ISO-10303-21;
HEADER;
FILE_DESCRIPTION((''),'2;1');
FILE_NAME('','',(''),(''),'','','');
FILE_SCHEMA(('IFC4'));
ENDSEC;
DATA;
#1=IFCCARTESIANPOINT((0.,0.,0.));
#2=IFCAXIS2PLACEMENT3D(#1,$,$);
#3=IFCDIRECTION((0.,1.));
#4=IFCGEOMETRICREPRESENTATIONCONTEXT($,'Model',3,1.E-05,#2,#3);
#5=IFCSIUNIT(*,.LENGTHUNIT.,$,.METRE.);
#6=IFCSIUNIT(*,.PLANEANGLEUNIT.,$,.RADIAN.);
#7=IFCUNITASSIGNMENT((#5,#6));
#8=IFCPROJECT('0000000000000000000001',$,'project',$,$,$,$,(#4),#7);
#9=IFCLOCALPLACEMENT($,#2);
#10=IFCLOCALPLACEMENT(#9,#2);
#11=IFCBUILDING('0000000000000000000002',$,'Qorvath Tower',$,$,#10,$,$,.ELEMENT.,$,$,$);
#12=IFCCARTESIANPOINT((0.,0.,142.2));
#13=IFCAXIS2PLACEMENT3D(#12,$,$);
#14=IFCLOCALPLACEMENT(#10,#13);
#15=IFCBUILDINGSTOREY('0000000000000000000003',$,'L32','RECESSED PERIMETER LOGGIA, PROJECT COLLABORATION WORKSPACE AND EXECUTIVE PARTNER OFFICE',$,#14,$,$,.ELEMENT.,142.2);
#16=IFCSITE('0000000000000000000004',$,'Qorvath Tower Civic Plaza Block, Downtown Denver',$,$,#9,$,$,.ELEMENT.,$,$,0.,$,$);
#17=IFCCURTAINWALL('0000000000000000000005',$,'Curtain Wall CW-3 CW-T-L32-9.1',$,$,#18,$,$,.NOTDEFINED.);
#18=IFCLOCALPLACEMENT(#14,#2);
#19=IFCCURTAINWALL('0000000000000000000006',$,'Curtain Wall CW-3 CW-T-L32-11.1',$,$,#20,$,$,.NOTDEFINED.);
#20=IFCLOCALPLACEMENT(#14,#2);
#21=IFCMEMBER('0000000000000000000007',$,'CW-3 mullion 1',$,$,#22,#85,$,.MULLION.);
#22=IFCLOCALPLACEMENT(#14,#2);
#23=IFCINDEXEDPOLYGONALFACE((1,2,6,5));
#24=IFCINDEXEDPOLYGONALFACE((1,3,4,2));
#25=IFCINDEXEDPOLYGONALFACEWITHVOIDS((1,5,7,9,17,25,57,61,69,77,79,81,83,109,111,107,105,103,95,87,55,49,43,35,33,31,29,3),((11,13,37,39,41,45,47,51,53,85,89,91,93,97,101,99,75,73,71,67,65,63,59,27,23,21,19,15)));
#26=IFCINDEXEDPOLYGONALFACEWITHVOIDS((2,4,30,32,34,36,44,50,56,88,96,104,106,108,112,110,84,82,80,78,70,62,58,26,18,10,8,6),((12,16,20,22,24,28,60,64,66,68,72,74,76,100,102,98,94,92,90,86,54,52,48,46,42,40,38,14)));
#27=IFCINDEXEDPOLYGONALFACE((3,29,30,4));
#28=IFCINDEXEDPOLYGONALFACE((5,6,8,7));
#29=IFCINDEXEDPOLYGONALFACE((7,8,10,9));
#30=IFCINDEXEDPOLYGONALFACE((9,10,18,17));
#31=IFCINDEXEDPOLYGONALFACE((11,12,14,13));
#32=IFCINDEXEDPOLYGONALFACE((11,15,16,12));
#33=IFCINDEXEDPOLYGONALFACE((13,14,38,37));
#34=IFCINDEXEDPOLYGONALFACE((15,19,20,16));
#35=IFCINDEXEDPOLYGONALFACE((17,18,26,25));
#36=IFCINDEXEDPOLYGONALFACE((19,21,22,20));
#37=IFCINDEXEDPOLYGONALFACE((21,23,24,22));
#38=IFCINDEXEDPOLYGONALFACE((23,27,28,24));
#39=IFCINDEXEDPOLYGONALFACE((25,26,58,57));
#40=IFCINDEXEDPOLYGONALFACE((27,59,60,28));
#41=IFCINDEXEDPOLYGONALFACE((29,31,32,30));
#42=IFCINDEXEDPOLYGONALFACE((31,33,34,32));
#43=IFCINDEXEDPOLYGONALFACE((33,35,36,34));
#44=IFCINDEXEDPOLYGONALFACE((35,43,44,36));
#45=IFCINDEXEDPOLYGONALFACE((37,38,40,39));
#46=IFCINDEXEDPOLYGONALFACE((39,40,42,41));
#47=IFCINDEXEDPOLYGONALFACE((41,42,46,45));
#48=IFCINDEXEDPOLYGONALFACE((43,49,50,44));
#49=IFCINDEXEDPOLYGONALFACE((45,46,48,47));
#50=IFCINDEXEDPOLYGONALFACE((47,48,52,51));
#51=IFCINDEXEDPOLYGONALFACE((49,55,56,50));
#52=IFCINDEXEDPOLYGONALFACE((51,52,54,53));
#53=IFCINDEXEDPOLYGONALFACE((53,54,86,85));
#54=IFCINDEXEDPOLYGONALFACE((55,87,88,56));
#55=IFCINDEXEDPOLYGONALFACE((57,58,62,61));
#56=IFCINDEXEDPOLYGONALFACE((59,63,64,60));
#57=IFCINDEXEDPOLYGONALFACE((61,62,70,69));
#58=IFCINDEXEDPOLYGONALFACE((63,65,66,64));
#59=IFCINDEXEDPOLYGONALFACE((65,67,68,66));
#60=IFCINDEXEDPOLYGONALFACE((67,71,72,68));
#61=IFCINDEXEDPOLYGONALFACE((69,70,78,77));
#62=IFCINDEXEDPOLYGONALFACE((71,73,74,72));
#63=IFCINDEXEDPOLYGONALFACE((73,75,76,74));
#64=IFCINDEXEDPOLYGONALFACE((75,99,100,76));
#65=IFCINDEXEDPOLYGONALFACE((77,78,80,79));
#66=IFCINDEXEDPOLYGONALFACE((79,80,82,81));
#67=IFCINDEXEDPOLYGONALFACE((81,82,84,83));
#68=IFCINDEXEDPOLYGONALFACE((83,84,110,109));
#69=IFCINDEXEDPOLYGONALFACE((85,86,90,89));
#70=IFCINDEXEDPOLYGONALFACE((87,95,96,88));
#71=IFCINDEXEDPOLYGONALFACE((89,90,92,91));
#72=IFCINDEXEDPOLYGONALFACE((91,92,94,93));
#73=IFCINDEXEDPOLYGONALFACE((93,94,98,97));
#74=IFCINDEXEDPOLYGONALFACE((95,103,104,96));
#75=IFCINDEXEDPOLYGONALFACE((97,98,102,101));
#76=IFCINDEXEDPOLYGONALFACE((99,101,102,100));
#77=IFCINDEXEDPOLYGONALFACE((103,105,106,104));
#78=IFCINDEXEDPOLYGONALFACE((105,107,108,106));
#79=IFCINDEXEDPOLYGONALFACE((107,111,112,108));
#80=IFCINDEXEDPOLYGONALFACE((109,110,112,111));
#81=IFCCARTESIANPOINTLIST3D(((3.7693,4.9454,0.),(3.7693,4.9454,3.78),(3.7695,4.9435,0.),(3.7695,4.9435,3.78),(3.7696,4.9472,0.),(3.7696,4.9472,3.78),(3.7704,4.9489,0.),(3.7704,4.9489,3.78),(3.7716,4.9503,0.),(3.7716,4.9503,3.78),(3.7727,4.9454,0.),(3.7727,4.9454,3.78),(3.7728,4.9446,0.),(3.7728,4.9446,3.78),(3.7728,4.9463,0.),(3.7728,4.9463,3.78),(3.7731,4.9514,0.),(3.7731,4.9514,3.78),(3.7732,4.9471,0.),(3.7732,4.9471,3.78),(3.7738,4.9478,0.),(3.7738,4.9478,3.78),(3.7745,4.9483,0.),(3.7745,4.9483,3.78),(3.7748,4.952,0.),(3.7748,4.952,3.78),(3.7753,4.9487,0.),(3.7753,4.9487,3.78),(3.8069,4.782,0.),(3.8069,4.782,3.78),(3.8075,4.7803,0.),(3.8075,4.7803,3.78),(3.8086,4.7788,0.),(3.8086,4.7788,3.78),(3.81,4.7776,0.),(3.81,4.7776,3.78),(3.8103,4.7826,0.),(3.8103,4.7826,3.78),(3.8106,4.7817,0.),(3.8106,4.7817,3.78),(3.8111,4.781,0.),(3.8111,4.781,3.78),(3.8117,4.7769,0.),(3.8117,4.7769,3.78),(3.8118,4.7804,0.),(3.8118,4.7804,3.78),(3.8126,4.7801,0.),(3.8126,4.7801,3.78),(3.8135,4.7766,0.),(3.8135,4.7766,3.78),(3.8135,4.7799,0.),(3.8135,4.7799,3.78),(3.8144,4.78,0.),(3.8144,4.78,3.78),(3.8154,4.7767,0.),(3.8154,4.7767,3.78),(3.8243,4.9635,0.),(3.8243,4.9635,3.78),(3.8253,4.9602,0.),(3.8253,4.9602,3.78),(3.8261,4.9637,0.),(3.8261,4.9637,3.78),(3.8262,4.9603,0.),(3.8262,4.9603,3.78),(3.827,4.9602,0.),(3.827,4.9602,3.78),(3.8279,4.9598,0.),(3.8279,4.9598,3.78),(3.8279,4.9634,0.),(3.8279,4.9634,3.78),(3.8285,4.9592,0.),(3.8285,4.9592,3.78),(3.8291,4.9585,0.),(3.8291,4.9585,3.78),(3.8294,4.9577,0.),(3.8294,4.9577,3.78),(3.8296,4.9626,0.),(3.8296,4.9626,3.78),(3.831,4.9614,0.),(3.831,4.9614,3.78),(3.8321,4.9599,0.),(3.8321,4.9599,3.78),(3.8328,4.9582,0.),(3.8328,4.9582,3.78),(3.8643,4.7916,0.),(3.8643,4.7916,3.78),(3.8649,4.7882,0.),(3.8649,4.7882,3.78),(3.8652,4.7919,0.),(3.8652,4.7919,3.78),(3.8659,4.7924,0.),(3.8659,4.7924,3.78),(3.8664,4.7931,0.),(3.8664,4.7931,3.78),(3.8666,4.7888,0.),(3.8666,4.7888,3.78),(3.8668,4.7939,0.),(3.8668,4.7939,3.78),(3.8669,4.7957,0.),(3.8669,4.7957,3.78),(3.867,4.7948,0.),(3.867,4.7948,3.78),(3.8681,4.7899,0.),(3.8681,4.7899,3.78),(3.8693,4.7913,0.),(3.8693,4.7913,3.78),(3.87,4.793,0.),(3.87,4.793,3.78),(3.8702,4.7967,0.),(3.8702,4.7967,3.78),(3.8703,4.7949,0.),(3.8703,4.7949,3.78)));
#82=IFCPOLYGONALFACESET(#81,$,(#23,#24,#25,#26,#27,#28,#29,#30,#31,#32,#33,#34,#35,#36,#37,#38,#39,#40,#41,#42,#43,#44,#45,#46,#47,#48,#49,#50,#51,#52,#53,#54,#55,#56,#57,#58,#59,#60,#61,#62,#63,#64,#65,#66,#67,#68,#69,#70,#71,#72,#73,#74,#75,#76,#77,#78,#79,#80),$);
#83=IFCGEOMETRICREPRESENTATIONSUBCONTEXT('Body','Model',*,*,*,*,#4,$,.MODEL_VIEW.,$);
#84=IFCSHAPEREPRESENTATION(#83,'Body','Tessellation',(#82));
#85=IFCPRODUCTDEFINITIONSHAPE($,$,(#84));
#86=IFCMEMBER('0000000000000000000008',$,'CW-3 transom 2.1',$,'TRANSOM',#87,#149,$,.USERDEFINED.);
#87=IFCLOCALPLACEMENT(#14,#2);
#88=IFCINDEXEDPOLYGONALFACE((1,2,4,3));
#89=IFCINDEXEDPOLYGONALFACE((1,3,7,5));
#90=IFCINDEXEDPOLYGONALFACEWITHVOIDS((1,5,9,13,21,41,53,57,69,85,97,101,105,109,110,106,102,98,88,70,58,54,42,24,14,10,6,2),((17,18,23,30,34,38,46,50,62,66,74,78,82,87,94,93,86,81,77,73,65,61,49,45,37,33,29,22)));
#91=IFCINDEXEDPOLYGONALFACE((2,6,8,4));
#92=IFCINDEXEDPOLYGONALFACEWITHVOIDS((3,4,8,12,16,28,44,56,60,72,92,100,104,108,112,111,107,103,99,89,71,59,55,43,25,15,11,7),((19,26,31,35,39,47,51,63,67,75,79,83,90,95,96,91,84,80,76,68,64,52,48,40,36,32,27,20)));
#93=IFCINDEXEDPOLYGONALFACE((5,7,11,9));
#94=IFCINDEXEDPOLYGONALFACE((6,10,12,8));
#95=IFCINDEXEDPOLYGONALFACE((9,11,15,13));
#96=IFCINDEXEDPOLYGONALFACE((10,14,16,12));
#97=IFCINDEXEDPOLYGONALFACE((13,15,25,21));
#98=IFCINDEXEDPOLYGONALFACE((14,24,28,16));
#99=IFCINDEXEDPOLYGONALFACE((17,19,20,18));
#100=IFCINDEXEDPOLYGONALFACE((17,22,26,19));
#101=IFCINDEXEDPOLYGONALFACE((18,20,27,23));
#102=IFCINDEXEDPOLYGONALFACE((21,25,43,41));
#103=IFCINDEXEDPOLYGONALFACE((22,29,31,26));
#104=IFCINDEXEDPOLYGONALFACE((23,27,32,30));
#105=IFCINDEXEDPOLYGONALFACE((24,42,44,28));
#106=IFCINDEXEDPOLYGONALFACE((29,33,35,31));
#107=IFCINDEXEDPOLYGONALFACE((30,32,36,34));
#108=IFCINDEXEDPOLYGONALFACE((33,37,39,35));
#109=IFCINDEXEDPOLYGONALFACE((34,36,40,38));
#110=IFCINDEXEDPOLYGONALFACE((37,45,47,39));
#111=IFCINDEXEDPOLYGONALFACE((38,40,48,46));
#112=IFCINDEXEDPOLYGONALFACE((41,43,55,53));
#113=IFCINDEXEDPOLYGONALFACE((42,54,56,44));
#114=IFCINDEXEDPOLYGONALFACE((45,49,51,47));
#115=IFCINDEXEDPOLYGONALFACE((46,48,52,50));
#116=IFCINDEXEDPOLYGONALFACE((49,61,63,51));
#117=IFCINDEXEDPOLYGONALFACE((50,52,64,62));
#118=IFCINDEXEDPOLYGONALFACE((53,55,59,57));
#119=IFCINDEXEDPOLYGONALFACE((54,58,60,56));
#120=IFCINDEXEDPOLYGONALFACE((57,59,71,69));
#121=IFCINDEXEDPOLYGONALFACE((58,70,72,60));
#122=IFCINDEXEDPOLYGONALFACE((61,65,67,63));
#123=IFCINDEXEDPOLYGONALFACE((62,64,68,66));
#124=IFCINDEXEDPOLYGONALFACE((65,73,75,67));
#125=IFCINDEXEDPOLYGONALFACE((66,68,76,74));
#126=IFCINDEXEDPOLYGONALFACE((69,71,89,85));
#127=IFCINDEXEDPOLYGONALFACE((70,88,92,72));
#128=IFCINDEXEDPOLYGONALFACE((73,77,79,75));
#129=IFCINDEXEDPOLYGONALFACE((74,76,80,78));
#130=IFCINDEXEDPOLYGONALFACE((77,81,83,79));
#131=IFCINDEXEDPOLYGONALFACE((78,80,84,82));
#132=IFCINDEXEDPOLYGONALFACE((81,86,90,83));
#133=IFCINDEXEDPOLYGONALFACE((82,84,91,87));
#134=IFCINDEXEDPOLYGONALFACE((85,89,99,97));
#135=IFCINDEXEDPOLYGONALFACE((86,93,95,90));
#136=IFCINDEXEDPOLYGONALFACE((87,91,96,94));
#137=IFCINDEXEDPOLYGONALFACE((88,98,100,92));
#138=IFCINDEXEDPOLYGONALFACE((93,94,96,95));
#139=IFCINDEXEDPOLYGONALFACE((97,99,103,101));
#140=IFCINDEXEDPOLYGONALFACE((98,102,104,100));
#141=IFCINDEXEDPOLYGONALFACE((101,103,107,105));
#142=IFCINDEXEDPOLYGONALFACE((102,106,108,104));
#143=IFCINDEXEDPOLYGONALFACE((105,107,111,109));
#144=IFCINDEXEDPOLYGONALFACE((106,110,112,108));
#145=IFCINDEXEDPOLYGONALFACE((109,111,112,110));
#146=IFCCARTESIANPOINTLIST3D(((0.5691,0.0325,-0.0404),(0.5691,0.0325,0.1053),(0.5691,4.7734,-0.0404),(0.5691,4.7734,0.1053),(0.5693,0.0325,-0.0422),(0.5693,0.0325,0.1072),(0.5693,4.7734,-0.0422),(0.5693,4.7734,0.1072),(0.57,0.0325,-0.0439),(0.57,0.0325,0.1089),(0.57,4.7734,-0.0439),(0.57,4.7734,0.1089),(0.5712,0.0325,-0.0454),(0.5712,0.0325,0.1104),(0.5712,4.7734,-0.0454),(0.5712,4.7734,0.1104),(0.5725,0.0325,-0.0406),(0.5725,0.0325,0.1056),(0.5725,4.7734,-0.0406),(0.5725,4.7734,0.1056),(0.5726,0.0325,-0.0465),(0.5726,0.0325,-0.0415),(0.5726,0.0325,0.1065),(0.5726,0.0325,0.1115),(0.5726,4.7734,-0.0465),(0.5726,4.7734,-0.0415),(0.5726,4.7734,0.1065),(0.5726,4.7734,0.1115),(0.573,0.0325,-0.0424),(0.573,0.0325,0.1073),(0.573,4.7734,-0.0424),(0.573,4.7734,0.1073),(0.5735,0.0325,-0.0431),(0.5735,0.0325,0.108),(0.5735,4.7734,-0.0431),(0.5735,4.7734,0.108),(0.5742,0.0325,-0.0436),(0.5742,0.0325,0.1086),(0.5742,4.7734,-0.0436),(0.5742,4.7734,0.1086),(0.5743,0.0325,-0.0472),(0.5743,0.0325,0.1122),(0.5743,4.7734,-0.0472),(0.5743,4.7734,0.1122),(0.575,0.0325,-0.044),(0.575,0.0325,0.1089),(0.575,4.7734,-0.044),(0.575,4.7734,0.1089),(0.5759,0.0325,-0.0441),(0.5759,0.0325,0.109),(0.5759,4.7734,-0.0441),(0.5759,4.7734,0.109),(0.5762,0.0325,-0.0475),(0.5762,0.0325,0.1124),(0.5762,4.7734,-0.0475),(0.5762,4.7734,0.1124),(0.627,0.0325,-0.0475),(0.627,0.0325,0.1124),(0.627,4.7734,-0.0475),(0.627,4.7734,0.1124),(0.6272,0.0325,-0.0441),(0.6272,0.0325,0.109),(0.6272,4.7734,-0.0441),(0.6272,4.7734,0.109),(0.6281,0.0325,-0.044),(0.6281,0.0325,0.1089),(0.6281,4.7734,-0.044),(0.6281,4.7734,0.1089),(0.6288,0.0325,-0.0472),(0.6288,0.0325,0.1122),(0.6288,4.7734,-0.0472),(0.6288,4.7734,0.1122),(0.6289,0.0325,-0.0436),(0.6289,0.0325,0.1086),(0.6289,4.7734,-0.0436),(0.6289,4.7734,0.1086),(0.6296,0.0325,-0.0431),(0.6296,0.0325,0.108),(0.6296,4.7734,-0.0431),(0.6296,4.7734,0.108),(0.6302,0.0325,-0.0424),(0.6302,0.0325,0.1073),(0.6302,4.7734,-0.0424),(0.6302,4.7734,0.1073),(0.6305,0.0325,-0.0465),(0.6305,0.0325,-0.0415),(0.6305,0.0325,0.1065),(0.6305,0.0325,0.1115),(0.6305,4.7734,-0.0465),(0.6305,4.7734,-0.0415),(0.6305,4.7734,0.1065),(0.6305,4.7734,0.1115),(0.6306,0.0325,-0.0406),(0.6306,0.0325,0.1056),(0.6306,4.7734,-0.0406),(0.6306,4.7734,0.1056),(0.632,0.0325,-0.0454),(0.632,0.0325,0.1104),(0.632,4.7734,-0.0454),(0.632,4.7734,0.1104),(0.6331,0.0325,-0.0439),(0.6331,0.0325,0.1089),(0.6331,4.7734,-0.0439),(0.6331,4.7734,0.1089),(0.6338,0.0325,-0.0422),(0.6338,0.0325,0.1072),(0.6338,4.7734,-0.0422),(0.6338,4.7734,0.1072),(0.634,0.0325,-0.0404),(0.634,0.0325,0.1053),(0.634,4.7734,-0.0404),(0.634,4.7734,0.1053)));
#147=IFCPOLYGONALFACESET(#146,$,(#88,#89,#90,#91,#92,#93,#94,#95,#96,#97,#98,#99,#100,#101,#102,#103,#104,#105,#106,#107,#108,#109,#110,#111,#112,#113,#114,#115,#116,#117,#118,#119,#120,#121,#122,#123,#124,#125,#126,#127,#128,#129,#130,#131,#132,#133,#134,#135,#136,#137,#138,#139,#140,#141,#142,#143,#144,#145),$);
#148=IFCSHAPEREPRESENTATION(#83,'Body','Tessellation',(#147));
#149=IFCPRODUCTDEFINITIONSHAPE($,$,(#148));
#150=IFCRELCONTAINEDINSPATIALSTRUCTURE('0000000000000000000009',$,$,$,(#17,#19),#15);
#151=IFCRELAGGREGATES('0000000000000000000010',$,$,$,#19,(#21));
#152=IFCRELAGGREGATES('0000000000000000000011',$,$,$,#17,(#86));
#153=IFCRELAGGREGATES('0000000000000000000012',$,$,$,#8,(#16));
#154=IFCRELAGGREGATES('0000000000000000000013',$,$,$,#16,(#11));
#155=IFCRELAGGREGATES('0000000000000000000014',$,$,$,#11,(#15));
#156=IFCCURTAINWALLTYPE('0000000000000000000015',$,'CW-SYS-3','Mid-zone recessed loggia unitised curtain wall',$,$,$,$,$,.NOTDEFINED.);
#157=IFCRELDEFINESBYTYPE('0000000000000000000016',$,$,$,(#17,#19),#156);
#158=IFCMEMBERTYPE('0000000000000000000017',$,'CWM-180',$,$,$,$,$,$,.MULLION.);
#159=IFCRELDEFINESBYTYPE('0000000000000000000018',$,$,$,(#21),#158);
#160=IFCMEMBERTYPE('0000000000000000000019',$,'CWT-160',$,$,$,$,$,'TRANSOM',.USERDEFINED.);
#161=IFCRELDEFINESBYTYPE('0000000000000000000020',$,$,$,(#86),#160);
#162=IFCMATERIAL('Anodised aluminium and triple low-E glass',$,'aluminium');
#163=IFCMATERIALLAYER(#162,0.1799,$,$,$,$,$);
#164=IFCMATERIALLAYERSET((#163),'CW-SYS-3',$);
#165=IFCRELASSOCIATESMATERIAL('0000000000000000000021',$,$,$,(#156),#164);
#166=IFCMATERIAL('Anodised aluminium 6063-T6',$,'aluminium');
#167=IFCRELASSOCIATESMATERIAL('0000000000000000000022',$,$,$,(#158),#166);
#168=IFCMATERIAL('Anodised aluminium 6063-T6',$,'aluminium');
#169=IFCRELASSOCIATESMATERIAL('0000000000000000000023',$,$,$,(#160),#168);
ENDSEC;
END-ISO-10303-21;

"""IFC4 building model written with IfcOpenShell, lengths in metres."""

from ifc_helpers import new_model, si_unit, direction, frame, origin, origin_2d, place, context, subcontext, project, spatial, hollow_rectangle, extrude, material, layer, layer_set, material_profile, profile_set, type_object, element, aggregate, save


model = new_model("IFC4")

# Units and contexts
model_context = context("Model", 3, precision=1e-05, world=origin(), true_north=direction((0.0, 1.0)))
body_context = subcontext(model_context, "Body", "Model", "MODEL_VIEW")
ifc_project = project(units=[si_unit("LENGTHUNIT", "METRE"), si_unit("PLANEANGLEUNIT", "RADIAN")], contexts=[model_context])

# Site, building, storey
site_placement = place(None, origin())
site = spatial("IfcSite", under=ifc_project, at=site_placement, Name="Qorvath Tower Civic Plaza Block, Downtown Denver", CompositionType="ELEMENT", RefElevation=0.0)
building_placement = place(site_placement, origin())
building = spatial("IfcBuilding", under=site, at=building_placement, Name="Qorvath Tower", CompositionType="ELEMENT")
storey_placement = place(building_placement, frame((0.0, 0.0, 142.2)))
storey = spatial("IfcBuildingStorey", under=building, at=storey_placement, Name="L32", Description="RECESSED PERIMETER LOGGIA, PROJECT COLLABORATION WORKSPACE AND EXECUTIVE PARTNER OFFICE", CompositionType="ELEMENT", Elevation=142.2)

# Curtain wall
ifc_material_1 = material(Name="Anodised aluminium and triple low-E glass", Category="aluminium")
ifc_layer_1 = layer(ifc_material_1, 0.1799)
ifc_layer_set_1 = layer_set([ifc_layer_1], Name="CW-SYS-3")
curtain_wall_type = type_object("IfcCurtainWallType", Name="CW-SYS-3", Description="Mid-zone recessed loggia unitised curtain wall", PredefinedType="NOTDEFINED", material=ifc_layer_set_1)
curtain_wall_1_placement = place(storey_placement, origin())
curtain_wall_1 = element("IfcCurtainWall", 1, at=curtain_wall_1_placement, inside=storey, type_object=curtain_wall_type, Name="Curtain Wall CW-3 CW-T-L32-9.1", PredefinedType="NOTDEFINED")
ifc_material_2 = material(Name="Anodised aluminium 6063-T6", Category="aluminium")
ifc_material_profile_1 = material_profile(ifc_material_2, hollow_rectangle(XDim=0.0649, YDim=0.1799, WallThickness=0.0034, InnerFilletRadius=0.0034, OuterFilletRadius=0.0071, at=origin_2d()), Name="CWM 180x65")
ifc_profile_set_1 = profile_set([ifc_material_profile_1], Name="Anodised aluminium 6063-T6")
member_type_1 = type_object("IfcMemberType", Name="CWM-180", PredefinedType="MULLION", material=ifc_profile_set_1)

# Curtain wall, member
curtain_wall_2_placement = place(storey_placement, origin())
curtain_wall_2 = element("IfcCurtainWall", 2, at=curtain_wall_2_placement, inside=storey, type_object=curtain_wall_type, Name="Curtain Wall CW-3 CW-T-L32-11.1", PredefinedType="NOTDEFINED")
member_1_placement = place(storey_placement, frame((3.8198, 4.8701, 0.0), z_axis=(0.0, 0.0, 1.0), x_axis=(-0.974237, -0.225526, 0.0)))
member_1 = element("IfcMember", 3, at=member_1_placement, type_object=member_type_1, Name="CW-3 mullion 1", PredefinedType="MULLION", context=body_context, shape_type="SweptSolid", body=[
    extrude(hollow_rectangle(XDim=0.0649, YDim=0.1799, WallThickness=0.0034, InnerFilletRadius=0.0034, OuterFilletRadius=0.0071, at=origin_2d()), origin(), (0.0, 0.0, 1.0), 3.78),
])

# Member
ifc_material_3 = material(Name="Anodised aluminium 6063-T6", Category="aluminium")
ifc_material_profile_2 = material_profile(ifc_material_3, hollow_rectangle(XDim=0.0649, YDim=0.1599, WallThickness=0.0034, InnerFilletRadius=0.0034, OuterFilletRadius=0.0071, at=origin_2d()), Name="CWT 160x65")
ifc_profile_set_2 = profile_set([ifc_material_profile_2], Name="Anodised aluminium 6063-T6")
member_type_2 = type_object("IfcMemberType", Name="CWT-160", ElementType="TRANSOM", PredefinedType="USERDEFINED", material=ifc_profile_set_2)
member_2_placement = place(storey_placement, frame((0.6016, 0.0325, 0.0325), z_axis=(0.0, 1.0, 0.0), x_axis=(-1.0, 0.0, 0.0)))
member_2 = element("IfcMember", 4, at=member_2_placement, type_object=member_type_2, Name="CW-3 transom 2.1", ObjectType="TRANSOM", PredefinedType="USERDEFINED", context=body_context, shape_type="SweptSolid", body=[
    extrude(hollow_rectangle(XDim=0.0649, YDim=0.1599, WallThickness=0.0034, InnerFilletRadius=0.0034, OuterFilletRadius=0.0071, at=origin_2d()), origin(), (0.0, 0.0, 1.0), 4.741),
])
aggregate(curtain_wall_2, [member_1])

aggregate(curtain_wall_1, [member_2])

save(model, "model.ifc")
